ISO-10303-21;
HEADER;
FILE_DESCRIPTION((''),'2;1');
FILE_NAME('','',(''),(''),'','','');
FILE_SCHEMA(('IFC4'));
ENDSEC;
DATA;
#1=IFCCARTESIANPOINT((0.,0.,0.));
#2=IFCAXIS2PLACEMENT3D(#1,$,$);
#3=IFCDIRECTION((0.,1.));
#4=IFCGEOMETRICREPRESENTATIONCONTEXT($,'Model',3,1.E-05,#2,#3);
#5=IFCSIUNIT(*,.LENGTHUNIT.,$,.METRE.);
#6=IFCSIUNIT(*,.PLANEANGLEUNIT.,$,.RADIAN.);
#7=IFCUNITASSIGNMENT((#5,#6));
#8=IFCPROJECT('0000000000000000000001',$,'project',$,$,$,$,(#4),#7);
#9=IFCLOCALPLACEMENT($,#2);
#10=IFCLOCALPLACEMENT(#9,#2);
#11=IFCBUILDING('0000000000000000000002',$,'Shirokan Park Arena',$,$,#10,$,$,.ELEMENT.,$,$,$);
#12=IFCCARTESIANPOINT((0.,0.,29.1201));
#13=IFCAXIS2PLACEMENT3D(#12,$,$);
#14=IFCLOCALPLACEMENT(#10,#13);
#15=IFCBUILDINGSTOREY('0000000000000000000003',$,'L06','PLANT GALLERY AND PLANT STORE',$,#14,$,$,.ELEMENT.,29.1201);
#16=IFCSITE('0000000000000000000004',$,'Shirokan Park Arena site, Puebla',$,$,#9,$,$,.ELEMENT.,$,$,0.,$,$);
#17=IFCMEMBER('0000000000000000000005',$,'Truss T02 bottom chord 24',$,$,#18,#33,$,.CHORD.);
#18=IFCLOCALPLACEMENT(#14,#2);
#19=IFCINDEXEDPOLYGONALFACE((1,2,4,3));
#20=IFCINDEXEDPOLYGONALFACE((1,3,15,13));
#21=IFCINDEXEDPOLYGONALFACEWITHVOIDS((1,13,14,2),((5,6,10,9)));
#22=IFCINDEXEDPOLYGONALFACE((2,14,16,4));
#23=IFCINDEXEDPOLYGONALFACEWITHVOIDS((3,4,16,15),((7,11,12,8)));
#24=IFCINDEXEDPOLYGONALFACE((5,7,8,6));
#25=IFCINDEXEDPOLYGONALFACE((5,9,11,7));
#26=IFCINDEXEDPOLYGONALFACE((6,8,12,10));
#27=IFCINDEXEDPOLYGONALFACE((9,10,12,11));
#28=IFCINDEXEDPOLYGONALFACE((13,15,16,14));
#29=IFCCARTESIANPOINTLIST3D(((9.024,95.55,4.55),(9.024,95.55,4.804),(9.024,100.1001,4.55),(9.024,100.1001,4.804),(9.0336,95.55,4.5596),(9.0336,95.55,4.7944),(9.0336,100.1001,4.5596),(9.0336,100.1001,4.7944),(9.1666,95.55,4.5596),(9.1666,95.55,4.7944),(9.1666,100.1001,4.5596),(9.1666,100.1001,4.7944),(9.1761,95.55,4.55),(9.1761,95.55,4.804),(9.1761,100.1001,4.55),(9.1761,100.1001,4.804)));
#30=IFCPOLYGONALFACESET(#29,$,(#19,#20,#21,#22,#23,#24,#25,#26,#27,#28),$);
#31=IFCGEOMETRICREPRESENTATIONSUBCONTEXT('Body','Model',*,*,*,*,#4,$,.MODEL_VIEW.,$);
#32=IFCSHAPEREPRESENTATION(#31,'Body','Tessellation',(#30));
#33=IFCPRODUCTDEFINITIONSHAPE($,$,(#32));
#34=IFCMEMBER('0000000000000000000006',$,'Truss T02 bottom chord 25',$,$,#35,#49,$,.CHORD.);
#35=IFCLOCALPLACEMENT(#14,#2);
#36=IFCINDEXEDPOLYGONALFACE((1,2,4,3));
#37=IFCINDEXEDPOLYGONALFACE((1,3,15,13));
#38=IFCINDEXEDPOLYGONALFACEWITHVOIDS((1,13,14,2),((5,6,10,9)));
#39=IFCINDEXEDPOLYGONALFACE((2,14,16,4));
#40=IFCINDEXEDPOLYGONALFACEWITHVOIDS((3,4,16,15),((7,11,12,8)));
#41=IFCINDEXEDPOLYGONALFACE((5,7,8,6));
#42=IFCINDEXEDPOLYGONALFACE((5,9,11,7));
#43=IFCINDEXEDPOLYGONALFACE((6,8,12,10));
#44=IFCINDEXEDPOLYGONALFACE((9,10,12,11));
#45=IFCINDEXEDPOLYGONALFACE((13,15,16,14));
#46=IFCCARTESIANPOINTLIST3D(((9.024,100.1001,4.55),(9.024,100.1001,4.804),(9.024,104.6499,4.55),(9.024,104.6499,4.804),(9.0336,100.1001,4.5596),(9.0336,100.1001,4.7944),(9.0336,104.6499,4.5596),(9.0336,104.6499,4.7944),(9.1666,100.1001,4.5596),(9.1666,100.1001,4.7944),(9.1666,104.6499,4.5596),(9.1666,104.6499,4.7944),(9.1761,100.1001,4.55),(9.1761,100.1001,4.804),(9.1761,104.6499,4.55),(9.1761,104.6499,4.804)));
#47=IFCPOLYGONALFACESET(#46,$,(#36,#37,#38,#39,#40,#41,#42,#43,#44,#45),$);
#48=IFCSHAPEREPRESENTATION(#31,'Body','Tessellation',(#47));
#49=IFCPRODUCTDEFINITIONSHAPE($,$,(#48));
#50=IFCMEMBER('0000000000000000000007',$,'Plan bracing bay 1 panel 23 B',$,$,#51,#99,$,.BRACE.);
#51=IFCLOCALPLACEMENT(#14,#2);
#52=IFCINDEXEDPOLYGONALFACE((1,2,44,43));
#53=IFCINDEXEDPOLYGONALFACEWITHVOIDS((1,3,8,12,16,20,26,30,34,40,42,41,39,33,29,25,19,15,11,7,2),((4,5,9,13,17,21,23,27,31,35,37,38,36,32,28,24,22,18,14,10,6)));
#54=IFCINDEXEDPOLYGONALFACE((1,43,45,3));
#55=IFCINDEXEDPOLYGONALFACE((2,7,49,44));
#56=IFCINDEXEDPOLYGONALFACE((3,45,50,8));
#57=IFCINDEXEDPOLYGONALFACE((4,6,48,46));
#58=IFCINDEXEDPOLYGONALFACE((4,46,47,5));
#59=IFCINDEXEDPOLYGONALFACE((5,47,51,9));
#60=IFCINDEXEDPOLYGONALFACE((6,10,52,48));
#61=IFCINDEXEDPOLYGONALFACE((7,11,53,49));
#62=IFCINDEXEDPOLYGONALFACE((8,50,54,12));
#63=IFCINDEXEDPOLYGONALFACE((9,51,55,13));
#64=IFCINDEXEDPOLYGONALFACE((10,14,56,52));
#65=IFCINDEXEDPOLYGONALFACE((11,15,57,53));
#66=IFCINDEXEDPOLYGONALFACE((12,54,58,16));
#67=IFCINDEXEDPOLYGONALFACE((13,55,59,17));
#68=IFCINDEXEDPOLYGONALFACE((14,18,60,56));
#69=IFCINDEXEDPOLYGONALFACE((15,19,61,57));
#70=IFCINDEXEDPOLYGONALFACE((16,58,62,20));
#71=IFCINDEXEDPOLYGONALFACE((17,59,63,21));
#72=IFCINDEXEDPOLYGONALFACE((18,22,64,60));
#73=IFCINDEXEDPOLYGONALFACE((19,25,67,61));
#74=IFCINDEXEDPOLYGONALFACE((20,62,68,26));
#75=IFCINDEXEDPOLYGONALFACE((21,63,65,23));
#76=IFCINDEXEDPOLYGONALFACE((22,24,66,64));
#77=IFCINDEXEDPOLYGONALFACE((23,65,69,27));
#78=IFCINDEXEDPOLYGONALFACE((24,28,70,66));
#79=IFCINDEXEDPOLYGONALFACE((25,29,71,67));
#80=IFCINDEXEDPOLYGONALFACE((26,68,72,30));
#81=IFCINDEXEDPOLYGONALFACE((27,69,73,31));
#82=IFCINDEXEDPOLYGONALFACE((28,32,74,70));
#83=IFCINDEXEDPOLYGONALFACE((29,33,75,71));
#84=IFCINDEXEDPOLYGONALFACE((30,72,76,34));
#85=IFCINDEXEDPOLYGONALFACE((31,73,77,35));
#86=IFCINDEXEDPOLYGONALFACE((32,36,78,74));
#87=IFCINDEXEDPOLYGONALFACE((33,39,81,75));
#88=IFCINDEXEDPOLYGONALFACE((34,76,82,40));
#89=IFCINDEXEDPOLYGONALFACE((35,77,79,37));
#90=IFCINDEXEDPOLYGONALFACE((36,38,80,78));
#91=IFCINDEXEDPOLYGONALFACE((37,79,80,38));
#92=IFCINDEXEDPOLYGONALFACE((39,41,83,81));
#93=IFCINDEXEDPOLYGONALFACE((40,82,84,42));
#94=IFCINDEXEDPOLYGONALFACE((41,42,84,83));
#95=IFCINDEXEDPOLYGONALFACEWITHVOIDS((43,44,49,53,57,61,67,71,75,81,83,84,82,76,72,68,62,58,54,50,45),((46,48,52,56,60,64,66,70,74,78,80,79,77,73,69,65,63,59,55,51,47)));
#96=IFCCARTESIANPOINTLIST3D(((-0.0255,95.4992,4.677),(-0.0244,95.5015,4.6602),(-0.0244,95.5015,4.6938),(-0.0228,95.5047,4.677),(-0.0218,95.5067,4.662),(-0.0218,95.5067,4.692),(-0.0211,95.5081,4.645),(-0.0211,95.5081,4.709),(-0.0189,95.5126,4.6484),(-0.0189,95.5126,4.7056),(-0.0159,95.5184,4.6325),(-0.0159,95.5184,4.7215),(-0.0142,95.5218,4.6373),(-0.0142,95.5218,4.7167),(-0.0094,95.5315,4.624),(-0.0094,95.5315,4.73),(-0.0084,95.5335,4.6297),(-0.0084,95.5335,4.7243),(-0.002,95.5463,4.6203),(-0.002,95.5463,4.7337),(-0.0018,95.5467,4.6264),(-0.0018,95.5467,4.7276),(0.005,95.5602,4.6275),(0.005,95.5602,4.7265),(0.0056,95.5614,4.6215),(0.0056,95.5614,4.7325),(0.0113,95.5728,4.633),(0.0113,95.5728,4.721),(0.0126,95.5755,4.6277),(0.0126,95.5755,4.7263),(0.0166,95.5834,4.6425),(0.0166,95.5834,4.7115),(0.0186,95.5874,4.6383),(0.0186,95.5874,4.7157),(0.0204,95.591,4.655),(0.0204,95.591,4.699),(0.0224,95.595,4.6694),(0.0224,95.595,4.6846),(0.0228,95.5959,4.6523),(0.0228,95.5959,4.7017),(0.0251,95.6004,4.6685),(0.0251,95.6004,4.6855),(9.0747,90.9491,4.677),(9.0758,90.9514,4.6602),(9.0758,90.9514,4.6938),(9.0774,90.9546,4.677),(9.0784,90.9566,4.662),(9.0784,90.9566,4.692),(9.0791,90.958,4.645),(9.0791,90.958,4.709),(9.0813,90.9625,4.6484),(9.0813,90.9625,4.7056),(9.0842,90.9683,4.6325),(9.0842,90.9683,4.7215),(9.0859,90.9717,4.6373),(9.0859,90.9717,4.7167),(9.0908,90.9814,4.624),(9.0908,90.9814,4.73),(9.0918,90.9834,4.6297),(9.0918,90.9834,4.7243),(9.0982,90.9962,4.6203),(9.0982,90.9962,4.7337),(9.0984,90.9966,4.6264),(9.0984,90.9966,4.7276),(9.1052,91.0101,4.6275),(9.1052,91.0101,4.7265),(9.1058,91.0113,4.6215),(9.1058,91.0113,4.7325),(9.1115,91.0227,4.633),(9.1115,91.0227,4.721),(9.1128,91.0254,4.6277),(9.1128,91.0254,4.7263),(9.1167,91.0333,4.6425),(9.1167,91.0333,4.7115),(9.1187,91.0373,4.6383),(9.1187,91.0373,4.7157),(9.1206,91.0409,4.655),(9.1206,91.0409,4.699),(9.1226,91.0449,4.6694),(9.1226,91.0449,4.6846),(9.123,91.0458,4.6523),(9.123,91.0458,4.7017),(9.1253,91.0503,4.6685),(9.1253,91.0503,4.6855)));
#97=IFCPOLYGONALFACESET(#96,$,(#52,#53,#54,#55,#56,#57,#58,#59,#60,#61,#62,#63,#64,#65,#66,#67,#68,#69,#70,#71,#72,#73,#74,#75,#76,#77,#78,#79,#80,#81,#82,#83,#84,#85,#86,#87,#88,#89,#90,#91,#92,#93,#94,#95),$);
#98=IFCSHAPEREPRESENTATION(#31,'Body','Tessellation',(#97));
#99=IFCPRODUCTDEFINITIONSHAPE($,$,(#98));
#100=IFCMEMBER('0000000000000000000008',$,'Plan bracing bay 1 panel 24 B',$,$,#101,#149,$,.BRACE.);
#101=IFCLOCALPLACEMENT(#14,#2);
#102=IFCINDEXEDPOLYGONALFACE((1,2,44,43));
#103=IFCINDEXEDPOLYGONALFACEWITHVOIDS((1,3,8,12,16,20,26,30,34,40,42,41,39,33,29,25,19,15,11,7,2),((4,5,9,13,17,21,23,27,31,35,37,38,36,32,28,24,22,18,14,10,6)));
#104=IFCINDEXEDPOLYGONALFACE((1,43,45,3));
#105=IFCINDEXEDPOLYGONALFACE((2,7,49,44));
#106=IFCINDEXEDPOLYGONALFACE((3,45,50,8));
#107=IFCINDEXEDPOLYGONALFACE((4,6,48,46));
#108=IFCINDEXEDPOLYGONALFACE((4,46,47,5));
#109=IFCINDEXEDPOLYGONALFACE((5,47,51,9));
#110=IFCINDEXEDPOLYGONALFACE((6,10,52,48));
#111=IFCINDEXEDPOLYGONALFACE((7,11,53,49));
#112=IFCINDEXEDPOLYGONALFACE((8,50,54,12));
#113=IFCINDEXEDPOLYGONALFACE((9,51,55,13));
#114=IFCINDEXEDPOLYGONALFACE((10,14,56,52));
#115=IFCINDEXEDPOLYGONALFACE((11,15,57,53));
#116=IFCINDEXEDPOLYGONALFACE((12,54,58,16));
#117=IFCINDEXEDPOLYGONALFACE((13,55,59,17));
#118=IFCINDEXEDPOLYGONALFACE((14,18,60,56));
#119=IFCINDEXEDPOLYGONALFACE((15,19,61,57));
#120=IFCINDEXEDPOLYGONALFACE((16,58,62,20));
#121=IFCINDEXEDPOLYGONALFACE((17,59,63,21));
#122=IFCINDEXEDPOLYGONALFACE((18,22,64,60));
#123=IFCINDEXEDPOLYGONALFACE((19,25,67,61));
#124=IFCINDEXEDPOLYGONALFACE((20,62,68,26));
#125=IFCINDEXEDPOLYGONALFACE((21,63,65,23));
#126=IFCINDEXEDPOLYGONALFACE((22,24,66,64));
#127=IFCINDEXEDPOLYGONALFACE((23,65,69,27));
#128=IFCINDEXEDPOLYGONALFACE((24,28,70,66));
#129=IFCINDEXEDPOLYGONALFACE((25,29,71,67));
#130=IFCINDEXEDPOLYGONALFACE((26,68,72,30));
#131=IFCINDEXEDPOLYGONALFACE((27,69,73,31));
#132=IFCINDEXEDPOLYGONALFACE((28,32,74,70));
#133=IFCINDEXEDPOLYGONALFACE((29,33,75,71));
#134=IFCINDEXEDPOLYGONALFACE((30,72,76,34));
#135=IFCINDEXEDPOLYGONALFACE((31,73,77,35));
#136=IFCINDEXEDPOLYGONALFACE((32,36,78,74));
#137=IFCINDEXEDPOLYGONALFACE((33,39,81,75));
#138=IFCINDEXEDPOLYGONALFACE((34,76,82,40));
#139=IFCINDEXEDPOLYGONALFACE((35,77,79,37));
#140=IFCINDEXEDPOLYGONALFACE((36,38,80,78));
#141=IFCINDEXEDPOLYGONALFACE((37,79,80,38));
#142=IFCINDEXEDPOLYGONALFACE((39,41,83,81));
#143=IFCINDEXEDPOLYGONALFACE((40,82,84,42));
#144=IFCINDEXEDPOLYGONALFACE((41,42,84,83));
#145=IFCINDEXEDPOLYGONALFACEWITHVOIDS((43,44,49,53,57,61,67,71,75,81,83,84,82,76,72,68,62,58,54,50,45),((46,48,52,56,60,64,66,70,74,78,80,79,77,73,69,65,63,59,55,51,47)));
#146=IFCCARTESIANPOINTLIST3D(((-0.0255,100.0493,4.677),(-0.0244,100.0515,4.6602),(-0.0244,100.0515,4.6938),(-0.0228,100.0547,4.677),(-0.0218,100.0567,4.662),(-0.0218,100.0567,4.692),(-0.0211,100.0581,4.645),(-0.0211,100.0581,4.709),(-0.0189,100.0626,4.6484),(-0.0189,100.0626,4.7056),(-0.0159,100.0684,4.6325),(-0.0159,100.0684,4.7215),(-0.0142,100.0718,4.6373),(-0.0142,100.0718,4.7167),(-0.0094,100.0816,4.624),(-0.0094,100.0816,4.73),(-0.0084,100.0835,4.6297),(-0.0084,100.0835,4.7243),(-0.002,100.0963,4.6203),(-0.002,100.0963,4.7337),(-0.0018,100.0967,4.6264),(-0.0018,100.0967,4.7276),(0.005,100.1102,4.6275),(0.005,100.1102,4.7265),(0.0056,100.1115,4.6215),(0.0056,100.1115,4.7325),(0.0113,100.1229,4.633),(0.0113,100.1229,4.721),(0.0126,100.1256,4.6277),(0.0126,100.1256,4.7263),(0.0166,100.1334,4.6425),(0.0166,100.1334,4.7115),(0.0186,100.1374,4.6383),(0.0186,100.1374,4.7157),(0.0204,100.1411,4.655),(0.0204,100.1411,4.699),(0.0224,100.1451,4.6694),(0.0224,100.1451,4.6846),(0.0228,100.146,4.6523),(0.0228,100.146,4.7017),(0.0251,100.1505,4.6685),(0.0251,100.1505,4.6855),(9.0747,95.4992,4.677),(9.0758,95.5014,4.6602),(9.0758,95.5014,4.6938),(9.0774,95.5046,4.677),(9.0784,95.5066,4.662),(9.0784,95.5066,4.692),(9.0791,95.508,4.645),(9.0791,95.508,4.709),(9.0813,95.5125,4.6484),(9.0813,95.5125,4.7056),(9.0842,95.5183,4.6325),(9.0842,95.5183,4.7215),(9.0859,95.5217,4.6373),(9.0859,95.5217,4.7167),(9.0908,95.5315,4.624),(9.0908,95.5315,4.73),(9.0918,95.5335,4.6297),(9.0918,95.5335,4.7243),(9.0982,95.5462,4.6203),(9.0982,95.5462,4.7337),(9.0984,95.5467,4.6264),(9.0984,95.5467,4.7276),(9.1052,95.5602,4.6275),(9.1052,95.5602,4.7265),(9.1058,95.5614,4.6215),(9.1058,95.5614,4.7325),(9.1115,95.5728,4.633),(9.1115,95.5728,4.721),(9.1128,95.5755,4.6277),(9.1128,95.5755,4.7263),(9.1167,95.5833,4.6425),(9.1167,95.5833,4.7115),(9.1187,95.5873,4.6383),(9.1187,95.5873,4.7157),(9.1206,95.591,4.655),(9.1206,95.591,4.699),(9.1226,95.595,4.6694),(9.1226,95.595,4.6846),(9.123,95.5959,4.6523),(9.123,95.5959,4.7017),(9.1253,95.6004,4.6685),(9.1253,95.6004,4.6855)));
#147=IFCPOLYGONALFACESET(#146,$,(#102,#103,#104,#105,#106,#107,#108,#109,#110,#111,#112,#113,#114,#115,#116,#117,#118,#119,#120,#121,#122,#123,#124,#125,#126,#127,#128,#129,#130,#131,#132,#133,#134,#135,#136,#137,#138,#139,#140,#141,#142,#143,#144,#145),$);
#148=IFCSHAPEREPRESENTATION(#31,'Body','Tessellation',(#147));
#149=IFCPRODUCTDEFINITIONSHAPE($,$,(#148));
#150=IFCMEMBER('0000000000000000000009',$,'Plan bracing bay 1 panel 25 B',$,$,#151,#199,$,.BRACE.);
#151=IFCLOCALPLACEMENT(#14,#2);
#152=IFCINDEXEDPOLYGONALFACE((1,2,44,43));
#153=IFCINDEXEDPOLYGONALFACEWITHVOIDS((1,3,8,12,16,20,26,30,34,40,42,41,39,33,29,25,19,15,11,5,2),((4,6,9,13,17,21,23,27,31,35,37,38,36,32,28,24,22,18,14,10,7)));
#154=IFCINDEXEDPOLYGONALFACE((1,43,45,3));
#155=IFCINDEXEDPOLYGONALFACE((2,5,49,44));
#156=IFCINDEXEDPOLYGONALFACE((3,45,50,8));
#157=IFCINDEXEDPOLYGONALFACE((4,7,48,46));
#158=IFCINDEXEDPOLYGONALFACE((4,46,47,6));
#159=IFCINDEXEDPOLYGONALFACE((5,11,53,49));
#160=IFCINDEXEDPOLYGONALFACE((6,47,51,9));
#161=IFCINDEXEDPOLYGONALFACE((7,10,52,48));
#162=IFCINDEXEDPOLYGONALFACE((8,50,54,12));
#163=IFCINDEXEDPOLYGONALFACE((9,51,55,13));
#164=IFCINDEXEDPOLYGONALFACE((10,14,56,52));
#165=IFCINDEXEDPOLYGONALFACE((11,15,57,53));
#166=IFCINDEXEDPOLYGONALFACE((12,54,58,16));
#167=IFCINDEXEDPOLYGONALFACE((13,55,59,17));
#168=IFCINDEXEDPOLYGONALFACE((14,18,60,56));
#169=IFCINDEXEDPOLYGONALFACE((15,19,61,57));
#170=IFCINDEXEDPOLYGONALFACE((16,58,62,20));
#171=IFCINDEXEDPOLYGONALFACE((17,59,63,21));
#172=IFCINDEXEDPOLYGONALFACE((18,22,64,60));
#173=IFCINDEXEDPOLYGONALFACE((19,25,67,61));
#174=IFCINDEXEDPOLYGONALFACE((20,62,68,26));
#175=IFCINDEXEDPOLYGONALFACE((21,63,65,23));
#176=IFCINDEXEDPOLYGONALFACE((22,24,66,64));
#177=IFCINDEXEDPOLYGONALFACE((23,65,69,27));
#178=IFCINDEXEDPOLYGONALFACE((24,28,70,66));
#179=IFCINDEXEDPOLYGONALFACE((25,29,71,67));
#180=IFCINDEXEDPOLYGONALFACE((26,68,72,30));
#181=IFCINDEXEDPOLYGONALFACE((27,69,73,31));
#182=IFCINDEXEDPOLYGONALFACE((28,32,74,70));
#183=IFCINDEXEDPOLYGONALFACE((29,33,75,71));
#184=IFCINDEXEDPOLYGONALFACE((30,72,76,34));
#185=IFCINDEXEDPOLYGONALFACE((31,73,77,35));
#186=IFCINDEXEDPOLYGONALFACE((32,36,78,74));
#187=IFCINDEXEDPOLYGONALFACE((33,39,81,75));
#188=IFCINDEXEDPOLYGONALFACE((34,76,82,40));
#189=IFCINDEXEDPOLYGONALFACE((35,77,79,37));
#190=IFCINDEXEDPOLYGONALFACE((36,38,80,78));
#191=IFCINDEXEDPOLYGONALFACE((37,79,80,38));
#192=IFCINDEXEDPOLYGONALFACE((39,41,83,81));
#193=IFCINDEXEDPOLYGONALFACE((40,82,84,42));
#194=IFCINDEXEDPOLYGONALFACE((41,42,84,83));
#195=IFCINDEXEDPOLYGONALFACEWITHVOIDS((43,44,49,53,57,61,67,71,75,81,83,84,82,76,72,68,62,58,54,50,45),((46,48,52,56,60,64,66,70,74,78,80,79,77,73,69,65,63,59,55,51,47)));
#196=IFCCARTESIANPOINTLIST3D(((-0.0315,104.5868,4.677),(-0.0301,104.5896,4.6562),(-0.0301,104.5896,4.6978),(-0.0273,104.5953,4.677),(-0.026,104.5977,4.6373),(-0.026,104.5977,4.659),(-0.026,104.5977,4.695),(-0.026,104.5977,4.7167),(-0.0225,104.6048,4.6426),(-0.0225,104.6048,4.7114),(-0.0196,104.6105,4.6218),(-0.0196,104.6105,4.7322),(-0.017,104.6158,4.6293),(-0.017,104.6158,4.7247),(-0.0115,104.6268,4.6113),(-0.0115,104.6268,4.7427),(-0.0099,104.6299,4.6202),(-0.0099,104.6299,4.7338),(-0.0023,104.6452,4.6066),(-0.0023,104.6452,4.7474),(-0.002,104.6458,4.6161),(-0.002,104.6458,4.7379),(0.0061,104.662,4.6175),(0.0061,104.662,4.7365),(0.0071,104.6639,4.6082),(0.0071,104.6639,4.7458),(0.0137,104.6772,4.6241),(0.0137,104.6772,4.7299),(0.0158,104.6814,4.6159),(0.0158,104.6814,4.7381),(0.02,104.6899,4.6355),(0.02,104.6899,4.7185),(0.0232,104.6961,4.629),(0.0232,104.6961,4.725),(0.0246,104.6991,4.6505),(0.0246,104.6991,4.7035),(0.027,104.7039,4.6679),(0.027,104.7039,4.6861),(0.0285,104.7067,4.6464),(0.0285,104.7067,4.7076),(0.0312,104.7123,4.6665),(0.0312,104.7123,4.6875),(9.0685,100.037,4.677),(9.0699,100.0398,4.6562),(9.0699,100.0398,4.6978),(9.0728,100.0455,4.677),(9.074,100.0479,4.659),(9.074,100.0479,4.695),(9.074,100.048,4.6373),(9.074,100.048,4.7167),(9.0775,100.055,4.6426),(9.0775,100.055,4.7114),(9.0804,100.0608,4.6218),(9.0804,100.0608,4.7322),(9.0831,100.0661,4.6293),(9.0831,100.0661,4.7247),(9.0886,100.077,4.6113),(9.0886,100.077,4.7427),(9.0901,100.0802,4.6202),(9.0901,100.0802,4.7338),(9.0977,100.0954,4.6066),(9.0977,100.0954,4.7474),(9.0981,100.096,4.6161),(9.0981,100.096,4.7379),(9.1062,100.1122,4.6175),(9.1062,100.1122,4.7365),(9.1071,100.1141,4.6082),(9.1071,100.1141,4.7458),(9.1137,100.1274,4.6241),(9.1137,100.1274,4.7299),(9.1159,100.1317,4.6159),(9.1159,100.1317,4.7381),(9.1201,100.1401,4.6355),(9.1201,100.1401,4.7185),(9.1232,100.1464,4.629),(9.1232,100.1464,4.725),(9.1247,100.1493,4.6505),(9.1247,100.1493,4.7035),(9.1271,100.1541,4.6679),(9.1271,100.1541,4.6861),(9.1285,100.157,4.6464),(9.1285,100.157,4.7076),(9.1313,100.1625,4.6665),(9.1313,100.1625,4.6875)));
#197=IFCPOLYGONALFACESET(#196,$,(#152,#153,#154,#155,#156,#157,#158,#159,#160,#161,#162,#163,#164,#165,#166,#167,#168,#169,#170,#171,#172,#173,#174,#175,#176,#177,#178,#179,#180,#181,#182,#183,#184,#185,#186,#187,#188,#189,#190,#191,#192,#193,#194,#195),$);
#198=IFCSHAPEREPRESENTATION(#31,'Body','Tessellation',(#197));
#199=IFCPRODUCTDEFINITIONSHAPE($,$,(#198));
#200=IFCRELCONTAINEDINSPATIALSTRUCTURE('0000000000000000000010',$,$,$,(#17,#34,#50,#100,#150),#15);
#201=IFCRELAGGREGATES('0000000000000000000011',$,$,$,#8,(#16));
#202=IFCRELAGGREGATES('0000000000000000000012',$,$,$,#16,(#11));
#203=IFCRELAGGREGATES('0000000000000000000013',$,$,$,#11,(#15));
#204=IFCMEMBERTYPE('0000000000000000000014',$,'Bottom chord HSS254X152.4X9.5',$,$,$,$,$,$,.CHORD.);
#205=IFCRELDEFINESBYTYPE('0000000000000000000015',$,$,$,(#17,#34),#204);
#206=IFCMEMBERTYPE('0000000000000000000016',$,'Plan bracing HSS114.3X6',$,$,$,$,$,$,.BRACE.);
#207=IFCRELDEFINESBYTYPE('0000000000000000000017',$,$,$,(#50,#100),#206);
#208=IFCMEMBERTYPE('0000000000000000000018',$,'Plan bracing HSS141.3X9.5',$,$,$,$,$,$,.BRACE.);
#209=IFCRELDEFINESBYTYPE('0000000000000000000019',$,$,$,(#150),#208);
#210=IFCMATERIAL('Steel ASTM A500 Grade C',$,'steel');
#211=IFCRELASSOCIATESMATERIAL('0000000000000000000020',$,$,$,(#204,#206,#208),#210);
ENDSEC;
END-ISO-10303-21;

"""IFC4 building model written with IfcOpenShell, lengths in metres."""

from ifc_helpers import new_model, si_unit, direction, frame, origin, origin_2d, place, context, subcontext, project, spatial, hollow_rectangle, hollow_circle, extrude, material, material_profile, profile_set, type_object, element, save


model = new_model("IFC4")

# Units and contexts
model_context = context("Model", 3, precision=1e-05, world=origin(), true_north=direction((0.0, 1.0)))
body_context = subcontext(model_context, "Body", "Model", "MODEL_VIEW")
ifc_project = project(units=[si_unit("LENGTHUNIT", "METRE"), si_unit("PLANEANGLEUNIT", "RADIAN")], contexts=[model_context])

# Site, building, storey
site_placement = place(None, origin())
site = spatial("IfcSite", under=ifc_project, at=site_placement, Name="Shirokan Park Arena site, Puebla", CompositionType="ELEMENT", RefElevation=0.0)
building_placement = place(site_placement, origin())
building = spatial("IfcBuilding", under=site, at=building_placement, Name="Shirokan Park Arena", CompositionType="ELEMENT")
storey_placement = place(building_placement, frame((0.0, 0.0, 29.1201)))
storey = spatial("IfcBuildingStorey", under=building, at=storey_placement, Name="L06", Description="PLANT GALLERY AND PLANT STORE", CompositionType="ELEMENT", Elevation=29.1201)

# Members
ifc_material_1 = material(Name="Steel ASTM A500 Grade C", Category="steel")
ifc_material_profile_1 = material_profile(ifc_material_1, hollow_rectangle(XDim=0.1521, YDim=0.2539, WallThickness=0.0095, at=origin_2d()), Name="HSS254X152.4X9.5")
ifc_profile_set_1 = profile_set([ifc_material_profile_1], Name="Steel ASTM A500 Grade C")
member_type_1 = type_object("IfcMemberType", Name="Bottom chord HSS254X152.4X9.5", PredefinedType="CHORD", material=ifc_profile_set_1)
member_1_placement = place(storey_placement, frame((9.1001, 95.55, 4.677), z_axis=(0.0, 1.0, 0.0), x_axis=(-1.0, 0.0, 0.0)))
element("IfcMember", 1, at=member_1_placement, inside=storey, type_object=member_type_1, Name="Truss T02 bottom chord 24", PredefinedType="CHORD", context=body_context, shape_type="SweptSolid", body=[
    extrude(hollow_rectangle(XDim=0.1521, YDim=0.2539, WallThickness=0.0095, at=origin_2d()), origin(), (0.0, 0.0, 1.0), 4.55),
])
member_2_placement = place(storey_placement, frame((9.1001, 100.1001, 4.677), z_axis=(0.0, 1.0, 0.0), x_axis=(-1.0, 0.0, 0.0)))
element("IfcMember", 2, at=member_2_placement, inside=storey, type_object=member_type_1, Name="Truss T02 bottom chord 25", PredefinedType="CHORD", context=body_context, shape_type="SweptSolid", body=[
    extrude(hollow_rectangle(XDim=0.1521, YDim=0.2539, WallThickness=0.0095, at=origin_2d()), origin(), (0.0, 0.0, 1.0), 4.5498),
])
ifc_material_profile_2 = material_profile(ifc_material_1, hollow_circle(Radius=0.0569, WallThickness=0.0061, at=origin_2d()), Name="HSS114.3X6")
ifc_profile_set_2 = profile_set([ifc_material_profile_2], Name="Steel ASTM A500 Grade C")
member_type_2 = type_object("IfcMemberType", Name="Plan bracing HSS114.3X6", PredefinedType="BRACE", material=ifc_profile_set_2)
for number, where, z_axis, x_axis, name in (
    (3, (9.1001, 91.0, 4.677), (-0.894427, 0.447214, 0.0), (-0.447214, -0.894427, 0.0), "Plan bracing bay 1 panel 23 B"),
    (4, (9.1001, 95.55, 4.677), (-0.894427, 0.447214, 0.0), (-0.447214, -0.894427, 0.0), "Plan bracing bay 1 panel 24 B"),
):
    element("IfcMember", number, at=place(storey_placement, frame(where, z_axis=z_axis, x_axis=x_axis)), inside=storey, type_object=member_type_2, Name=name, PredefinedType="BRACE", context=body_context, shape_type="SweptSolid", body=[
        extrude(hollow_circle(Radius=0.0569, WallThickness=0.0061, at=origin_2d()), origin(), (0.0, 0.0, 1.0), 10.1743),
    ])
ifc_material_profile_3 = material_profile(ifc_material_1, hollow_circle(Radius=0.0706, WallThickness=0.0095, at=origin_2d()), Name="HSS141.3X9.5")
ifc_profile_set_3 = profile_set([ifc_material_profile_3], Name="Steel ASTM A500 Grade C")
member_type_3 = type_object("IfcMemberType", Name="Plan bracing HSS141.3X9.5", PredefinedType="BRACE", material=ifc_profile_set_3)
member_3_placement = place(storey_placement, frame((9.1001, 100.1001, 4.677), z_axis=(-0.894437, 0.447194, 0.0), x_axis=(-0.447194, -0.894437, 0.0)))
element("IfcMember", 5, at=member_3_placement, inside=storey, type_object=member_type_3, Name="Plan bracing bay 1 panel 25 B", PredefinedType="BRACE", context=body_context, shape_type="SweptSolid", body=[
    extrude(hollow_circle(Radius=0.0706, WallThickness=0.0095, at=origin_2d()), origin(), (0.0, 0.0, 1.0), 10.1741),
])

save(model, "model.ifc")
